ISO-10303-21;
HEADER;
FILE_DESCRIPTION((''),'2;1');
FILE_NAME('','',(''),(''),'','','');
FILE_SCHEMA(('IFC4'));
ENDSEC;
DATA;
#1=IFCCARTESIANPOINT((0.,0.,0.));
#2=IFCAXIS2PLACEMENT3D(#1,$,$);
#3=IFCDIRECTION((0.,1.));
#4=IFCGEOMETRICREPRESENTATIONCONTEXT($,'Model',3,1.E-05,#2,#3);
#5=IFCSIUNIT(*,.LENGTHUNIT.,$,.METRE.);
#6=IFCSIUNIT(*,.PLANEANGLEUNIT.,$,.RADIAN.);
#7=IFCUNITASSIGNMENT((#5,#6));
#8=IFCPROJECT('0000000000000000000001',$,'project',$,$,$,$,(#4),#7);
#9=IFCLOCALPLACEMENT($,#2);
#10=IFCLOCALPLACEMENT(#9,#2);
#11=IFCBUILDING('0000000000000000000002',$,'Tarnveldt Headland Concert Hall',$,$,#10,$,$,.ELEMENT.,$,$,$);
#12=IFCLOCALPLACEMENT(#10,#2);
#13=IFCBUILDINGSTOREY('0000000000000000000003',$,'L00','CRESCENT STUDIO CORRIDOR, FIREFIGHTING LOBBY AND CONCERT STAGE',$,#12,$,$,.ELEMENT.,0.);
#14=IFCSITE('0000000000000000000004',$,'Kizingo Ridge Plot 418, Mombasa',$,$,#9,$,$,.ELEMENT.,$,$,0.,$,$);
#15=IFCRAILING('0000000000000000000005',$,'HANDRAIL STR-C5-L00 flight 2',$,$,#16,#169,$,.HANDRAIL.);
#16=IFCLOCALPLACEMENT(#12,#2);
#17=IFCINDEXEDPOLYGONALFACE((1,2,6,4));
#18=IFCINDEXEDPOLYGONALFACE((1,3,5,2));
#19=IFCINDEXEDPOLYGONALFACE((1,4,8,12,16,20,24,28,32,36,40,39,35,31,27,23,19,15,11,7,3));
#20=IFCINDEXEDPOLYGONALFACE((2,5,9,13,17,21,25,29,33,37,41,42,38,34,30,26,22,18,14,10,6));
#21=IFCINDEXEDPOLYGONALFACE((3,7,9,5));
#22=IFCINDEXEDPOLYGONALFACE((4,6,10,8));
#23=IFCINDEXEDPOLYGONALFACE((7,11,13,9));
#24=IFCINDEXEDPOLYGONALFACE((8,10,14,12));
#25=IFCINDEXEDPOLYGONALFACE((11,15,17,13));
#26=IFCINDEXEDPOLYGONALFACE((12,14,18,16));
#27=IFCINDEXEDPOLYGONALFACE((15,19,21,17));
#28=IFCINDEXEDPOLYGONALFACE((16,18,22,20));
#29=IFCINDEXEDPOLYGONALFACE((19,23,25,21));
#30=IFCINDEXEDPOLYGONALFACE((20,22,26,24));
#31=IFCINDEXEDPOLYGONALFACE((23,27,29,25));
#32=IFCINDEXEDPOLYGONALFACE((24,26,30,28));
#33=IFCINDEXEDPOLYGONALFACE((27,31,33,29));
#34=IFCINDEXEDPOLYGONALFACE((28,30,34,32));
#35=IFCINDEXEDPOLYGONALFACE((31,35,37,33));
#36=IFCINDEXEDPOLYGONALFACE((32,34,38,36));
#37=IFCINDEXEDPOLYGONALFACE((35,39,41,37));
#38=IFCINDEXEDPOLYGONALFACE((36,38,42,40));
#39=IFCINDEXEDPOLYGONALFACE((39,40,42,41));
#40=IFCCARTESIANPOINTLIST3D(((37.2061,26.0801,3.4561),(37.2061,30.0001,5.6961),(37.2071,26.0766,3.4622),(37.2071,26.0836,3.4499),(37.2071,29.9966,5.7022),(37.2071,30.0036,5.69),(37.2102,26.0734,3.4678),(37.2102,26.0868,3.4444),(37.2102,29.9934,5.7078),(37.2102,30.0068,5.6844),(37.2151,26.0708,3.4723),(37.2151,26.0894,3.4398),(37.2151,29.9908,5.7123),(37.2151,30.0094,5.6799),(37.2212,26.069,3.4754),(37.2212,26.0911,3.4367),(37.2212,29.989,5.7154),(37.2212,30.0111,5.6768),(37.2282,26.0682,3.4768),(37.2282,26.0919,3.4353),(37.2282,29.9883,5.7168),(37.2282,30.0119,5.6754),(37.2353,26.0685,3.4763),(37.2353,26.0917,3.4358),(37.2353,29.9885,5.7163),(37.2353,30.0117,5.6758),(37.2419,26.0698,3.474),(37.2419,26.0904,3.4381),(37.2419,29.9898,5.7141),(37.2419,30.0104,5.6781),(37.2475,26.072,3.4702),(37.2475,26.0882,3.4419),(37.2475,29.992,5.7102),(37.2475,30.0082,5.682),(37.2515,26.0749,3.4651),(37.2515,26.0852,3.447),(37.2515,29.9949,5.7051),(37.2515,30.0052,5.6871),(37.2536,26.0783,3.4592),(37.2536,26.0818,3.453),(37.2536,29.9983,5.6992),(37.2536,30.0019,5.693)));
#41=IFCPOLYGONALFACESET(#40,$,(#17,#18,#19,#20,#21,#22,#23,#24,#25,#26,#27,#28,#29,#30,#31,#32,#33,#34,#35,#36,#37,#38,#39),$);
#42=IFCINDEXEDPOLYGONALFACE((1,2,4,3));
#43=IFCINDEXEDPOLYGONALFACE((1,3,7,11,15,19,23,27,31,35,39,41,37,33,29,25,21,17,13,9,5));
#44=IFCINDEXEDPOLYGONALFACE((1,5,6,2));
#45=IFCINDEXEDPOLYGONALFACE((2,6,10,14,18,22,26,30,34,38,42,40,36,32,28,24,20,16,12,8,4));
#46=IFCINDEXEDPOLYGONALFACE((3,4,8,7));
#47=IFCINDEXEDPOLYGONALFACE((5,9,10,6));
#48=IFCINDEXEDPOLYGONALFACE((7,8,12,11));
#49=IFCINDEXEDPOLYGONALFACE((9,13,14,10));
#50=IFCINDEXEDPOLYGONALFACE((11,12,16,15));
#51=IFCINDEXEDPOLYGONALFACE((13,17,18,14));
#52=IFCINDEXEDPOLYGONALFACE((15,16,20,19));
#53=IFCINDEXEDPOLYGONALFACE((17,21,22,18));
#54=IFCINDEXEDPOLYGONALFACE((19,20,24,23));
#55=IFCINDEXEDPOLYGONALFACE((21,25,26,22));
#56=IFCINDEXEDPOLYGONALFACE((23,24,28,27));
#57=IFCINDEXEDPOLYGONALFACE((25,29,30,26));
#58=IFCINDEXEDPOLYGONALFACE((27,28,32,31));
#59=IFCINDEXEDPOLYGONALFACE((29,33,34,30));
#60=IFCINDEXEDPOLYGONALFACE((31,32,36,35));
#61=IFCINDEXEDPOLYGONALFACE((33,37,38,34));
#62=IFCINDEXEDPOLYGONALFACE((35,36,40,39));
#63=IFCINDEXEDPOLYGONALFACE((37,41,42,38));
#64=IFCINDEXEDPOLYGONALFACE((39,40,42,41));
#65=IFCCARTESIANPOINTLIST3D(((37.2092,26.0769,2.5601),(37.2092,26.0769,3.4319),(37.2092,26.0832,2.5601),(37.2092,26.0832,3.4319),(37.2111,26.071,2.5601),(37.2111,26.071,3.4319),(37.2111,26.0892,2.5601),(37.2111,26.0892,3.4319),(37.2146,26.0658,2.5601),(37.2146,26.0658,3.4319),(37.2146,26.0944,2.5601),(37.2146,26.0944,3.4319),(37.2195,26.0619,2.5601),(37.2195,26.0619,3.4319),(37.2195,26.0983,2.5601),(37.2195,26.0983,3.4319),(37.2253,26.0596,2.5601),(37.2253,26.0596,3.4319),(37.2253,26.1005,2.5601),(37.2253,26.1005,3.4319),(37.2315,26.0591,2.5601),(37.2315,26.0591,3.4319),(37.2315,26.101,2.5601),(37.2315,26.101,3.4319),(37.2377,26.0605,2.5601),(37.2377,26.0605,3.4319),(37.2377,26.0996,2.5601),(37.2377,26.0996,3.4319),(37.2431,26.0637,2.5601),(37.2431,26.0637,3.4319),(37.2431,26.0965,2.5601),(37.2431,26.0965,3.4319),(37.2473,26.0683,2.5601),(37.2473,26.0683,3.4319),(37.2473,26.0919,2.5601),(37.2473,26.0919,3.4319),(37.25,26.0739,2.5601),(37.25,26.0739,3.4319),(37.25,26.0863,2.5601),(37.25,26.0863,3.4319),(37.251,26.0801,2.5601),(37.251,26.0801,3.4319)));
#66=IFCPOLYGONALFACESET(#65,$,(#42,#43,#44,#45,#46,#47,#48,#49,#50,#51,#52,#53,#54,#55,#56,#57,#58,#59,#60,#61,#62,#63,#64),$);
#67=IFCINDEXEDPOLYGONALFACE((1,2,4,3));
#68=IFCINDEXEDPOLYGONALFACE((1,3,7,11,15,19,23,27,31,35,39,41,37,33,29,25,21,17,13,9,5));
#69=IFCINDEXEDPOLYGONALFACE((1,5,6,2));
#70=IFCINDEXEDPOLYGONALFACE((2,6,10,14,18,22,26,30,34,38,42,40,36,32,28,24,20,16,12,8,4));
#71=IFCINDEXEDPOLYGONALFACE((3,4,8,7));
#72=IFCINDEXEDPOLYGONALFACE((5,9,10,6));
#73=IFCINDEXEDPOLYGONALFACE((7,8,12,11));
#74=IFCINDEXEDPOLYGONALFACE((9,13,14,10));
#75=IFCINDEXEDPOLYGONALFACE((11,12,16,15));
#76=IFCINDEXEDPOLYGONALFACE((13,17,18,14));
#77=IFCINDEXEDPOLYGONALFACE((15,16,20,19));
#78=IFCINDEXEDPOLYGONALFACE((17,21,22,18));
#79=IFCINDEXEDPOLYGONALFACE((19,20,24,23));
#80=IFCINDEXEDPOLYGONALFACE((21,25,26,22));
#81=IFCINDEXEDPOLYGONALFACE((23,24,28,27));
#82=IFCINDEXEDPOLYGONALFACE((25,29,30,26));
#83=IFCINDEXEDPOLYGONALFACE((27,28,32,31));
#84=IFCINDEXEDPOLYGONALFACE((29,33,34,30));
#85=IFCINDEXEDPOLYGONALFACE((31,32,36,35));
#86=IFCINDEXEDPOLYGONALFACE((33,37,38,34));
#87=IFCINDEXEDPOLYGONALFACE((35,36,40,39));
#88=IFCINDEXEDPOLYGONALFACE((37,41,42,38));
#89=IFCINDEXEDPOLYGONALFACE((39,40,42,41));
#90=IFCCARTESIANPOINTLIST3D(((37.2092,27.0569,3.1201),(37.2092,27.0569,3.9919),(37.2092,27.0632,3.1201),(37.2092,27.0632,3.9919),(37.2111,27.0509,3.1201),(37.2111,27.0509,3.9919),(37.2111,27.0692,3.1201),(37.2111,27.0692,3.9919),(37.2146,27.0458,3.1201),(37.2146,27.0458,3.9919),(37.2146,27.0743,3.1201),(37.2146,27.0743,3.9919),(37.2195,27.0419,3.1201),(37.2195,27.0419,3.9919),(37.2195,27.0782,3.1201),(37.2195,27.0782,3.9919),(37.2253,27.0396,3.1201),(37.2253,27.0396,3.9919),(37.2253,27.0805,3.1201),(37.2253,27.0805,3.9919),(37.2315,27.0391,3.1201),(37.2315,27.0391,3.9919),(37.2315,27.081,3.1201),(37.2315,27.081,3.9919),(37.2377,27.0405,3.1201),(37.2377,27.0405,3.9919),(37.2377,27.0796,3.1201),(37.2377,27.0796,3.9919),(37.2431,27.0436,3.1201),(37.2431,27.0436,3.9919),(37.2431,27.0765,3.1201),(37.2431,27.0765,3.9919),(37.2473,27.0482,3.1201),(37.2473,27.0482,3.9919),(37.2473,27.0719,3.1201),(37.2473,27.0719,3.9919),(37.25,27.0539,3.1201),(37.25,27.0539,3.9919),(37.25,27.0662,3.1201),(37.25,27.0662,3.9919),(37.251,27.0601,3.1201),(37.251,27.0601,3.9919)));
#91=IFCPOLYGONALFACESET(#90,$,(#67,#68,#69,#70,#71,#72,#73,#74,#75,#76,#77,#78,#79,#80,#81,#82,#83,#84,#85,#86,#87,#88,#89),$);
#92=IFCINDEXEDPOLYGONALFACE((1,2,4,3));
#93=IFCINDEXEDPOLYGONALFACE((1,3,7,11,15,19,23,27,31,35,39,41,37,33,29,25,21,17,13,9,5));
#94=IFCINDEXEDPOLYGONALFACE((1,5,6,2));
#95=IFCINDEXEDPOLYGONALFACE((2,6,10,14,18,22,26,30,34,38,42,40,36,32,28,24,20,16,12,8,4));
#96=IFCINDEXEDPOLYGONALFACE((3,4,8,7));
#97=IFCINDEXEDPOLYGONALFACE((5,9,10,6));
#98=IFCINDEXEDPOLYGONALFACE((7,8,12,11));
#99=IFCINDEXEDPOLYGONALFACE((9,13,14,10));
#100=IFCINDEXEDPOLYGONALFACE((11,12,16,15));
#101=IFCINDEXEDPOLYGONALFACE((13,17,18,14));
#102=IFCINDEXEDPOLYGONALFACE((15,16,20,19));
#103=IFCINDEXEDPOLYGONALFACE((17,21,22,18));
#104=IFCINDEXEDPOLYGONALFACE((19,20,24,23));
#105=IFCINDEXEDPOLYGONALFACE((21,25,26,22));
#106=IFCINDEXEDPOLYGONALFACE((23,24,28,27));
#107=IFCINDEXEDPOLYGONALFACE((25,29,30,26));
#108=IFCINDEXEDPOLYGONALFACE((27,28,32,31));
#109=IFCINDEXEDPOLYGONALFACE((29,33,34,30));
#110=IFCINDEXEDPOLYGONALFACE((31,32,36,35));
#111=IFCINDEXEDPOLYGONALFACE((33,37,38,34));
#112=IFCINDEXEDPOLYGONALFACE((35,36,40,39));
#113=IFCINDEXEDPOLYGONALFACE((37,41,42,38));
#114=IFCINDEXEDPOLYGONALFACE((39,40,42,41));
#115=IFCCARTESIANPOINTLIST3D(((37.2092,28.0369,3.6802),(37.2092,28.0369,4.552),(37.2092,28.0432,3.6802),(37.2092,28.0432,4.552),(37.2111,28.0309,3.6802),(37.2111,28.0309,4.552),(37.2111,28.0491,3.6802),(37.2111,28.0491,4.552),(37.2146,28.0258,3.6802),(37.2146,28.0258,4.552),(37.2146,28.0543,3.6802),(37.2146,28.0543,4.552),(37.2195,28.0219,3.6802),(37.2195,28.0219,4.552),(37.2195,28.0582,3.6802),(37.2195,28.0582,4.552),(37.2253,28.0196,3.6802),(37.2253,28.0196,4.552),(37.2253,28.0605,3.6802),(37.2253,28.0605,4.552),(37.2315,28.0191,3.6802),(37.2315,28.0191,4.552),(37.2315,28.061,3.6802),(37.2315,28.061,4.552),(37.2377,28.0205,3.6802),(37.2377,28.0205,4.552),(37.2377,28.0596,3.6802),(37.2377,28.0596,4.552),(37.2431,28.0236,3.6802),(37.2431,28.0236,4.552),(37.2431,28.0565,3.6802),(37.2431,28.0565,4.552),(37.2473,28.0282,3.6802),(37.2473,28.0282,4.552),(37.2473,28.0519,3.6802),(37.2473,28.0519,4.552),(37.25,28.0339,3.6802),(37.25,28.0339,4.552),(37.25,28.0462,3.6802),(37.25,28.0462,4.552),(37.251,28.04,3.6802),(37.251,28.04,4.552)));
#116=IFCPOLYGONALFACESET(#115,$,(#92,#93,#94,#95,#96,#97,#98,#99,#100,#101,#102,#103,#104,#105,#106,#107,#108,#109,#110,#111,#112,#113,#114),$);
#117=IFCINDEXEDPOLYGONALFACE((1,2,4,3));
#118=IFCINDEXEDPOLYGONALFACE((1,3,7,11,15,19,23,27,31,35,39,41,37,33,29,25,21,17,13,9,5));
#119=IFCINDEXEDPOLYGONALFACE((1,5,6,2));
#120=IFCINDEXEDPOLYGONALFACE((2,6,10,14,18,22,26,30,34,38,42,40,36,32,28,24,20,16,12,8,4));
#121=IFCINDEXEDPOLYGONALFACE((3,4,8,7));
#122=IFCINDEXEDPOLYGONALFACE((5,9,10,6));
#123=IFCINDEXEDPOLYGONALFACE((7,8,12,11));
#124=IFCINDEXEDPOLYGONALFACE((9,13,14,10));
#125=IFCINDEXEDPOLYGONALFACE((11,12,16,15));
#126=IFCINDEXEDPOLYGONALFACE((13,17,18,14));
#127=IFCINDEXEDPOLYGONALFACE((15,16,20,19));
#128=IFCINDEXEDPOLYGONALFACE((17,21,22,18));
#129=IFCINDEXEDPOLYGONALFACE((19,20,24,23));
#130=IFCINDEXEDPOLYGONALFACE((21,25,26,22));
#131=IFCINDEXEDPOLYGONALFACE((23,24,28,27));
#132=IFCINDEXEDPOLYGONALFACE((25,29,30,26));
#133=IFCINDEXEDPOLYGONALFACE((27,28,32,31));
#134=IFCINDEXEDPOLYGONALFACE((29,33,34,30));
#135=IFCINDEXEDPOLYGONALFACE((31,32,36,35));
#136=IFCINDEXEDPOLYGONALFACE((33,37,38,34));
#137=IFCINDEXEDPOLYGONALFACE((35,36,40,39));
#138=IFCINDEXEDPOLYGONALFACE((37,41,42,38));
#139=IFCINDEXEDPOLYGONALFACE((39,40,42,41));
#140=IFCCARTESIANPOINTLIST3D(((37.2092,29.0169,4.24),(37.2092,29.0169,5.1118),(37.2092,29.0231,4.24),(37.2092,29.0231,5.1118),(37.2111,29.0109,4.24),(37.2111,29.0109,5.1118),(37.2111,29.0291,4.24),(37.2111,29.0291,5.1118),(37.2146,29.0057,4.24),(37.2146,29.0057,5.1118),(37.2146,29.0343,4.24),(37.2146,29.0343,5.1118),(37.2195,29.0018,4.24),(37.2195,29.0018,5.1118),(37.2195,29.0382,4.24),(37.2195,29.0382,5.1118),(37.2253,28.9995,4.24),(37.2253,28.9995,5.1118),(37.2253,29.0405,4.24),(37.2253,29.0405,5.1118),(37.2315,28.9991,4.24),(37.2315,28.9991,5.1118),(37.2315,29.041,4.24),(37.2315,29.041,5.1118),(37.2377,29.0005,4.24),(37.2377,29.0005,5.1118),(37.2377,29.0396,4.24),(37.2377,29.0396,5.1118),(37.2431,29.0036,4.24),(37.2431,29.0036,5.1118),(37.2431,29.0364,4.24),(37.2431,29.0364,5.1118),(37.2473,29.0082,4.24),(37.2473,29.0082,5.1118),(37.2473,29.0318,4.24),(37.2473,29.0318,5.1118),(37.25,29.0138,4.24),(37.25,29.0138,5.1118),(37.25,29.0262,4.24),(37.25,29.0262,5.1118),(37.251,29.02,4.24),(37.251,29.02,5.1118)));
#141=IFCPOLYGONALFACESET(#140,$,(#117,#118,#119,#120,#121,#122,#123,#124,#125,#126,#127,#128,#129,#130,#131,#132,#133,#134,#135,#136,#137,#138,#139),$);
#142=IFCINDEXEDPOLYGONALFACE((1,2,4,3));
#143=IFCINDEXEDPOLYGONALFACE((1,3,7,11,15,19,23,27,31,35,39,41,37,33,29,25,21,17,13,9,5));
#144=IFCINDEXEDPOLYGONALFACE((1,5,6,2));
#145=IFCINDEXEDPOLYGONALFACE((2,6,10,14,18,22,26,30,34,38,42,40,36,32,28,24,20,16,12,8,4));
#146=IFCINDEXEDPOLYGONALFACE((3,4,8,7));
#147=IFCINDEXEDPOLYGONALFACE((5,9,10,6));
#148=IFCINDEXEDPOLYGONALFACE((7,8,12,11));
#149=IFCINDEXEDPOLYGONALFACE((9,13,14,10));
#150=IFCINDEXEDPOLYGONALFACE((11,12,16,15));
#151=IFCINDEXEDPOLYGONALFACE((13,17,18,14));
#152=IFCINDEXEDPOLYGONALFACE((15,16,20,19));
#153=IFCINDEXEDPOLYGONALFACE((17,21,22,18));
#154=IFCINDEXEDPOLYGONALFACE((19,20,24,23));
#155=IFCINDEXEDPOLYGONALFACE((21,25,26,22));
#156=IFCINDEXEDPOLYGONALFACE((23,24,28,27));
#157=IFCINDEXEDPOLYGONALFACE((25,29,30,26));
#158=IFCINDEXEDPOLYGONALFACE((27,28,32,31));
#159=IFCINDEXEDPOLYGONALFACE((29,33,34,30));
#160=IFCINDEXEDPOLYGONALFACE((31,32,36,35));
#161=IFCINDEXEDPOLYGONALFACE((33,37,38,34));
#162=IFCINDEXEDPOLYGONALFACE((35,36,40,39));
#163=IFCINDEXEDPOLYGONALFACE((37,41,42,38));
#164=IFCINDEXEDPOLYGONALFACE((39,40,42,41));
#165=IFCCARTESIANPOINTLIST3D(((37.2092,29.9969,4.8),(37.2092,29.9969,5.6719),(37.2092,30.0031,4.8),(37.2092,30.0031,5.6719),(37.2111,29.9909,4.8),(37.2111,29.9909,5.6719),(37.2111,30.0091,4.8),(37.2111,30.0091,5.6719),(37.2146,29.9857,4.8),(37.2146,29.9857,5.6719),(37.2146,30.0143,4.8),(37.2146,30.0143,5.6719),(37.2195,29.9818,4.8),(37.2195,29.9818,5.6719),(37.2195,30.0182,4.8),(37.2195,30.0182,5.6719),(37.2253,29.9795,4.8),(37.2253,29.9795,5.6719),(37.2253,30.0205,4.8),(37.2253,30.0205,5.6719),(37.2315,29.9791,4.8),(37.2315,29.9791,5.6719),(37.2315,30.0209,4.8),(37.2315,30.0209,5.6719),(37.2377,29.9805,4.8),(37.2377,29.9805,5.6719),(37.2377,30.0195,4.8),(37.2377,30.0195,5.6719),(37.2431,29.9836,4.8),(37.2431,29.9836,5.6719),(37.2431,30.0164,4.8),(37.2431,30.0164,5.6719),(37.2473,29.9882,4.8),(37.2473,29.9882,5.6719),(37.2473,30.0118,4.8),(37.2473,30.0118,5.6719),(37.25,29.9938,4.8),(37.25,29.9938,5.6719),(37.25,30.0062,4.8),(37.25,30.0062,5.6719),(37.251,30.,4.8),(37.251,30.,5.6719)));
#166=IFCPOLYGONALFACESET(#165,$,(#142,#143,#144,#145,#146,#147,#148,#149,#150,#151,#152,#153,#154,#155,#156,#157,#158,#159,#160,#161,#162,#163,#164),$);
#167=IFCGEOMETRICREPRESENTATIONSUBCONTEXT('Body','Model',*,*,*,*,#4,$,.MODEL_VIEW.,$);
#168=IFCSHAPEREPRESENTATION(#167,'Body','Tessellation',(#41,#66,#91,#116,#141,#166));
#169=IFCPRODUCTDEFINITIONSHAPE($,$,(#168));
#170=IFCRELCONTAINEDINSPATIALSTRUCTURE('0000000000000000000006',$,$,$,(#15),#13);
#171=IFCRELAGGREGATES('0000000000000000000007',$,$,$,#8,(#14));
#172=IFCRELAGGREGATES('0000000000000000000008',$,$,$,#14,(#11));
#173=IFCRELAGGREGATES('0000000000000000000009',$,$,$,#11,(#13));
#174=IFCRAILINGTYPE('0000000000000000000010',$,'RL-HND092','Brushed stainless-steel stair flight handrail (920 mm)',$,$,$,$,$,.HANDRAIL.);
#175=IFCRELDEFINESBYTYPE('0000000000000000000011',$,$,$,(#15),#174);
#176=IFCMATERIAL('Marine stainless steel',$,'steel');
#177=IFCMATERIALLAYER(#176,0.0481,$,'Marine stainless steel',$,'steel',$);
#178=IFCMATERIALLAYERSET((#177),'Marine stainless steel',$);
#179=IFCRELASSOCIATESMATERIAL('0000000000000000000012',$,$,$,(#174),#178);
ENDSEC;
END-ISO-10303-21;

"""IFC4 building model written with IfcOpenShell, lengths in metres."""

from ifc_helpers import new_model, si_unit, direction, frame, origin, origin_2d, place, context, subcontext, project, spatial, circle, extrude, material, layer, layer_set, type_object, element, save


model = new_model("IFC4")

# Units and contexts
model_context = context("Model", 3, precision=1e-05, world=origin(), true_north=direction((0.0, 1.0)))
body_context = subcontext(model_context, "Body", "Model", "MODEL_VIEW")
ifc_project = project(units=[si_unit("LENGTHUNIT", "METRE"), si_unit("PLANEANGLEUNIT", "RADIAN")], contexts=[model_context])

# Site, building, storey
site_placement = place(None, origin())
site = spatial("IfcSite", under=ifc_project, at=site_placement, Name="Kizingo Ridge Plot 418, Mombasa", CompositionType="ELEMENT", RefElevation=0.0)
building_placement = place(site_placement, origin())
building = spatial("IfcBuilding", under=site, at=building_placement, Name="Tarnveldt Headland Concert Hall", CompositionType="ELEMENT")
storey_placement = place(building_placement, origin())
storey = spatial("IfcBuildingStorey", under=building, at=storey_placement, Name="L00", Description="CRESCENT STUDIO CORRIDOR, FIREFIGHTING LOBBY AND CONCERT STAGE", CompositionType="ELEMENT", Elevation=0.0)

# Railing
ifc_material_1 = material(Name="Marine stainless steel", Category="steel")
ifc_layer_1 = layer(ifc_material_1, 0.0481, Name="Marine stainless steel", Category="steel")
ifc_layer_set_1 = layer_set([ifc_layer_1], Name="Marine stainless steel")
railing_type_1 = type_object("IfcRailingType", Name="RL-HND092", Description="Brushed stainless-steel stair flight handrail (920 mm)", PredefinedType="HANDRAIL", material=ifc_layer_set_1)
railing_1_placement = place(storey_placement, frame((37.23, 26.0801, 2.5601)))
element("IfcRailing", 1, at=railing_1_placement, inside=storey, type_object=railing_type_1, Name="HANDRAIL STR-C5-L00 flight 2", PredefinedType="HANDRAIL", context=body_context, shape_type="SweptSolid", body=[
    extrude(circle(Radius=0.0239, at=origin_2d()), frame((0.0, 0.0, 0.896), z_axis=(0.0, 0.86824, 0.496145), x_axis=(-1.0, 0.0, 0.0)), (0.0, 0.0, 1.0), 4.5149),
    extrude(circle(Radius=0.021, at=origin_2d()), origin(), (0.0, 0.0, 1.0), 0.8718),
    extrude(circle(Radius=0.021, at=origin_2d()), frame((0.0, 0.98, 0.5601)), (0.0, 0.0, 1.0), 0.8718),
    extrude(circle(Radius=0.021, at=origin_2d()), frame((0.0, 1.96, 1.1201)), (0.0, 0.0, 1.0), 0.8718),
    extrude(circle(Radius=0.021, at=origin_2d()), frame((0.0, 2.9399, 1.6799)), (0.0, 0.0, 1.0), 0.8718),
    extrude(circle(Radius=0.021, at=origin_2d()), frame((0.0, 3.9199, 2.24)), (0.0, 0.0, 1.0), 0.8718),
])

save(model, "model.ifc")
